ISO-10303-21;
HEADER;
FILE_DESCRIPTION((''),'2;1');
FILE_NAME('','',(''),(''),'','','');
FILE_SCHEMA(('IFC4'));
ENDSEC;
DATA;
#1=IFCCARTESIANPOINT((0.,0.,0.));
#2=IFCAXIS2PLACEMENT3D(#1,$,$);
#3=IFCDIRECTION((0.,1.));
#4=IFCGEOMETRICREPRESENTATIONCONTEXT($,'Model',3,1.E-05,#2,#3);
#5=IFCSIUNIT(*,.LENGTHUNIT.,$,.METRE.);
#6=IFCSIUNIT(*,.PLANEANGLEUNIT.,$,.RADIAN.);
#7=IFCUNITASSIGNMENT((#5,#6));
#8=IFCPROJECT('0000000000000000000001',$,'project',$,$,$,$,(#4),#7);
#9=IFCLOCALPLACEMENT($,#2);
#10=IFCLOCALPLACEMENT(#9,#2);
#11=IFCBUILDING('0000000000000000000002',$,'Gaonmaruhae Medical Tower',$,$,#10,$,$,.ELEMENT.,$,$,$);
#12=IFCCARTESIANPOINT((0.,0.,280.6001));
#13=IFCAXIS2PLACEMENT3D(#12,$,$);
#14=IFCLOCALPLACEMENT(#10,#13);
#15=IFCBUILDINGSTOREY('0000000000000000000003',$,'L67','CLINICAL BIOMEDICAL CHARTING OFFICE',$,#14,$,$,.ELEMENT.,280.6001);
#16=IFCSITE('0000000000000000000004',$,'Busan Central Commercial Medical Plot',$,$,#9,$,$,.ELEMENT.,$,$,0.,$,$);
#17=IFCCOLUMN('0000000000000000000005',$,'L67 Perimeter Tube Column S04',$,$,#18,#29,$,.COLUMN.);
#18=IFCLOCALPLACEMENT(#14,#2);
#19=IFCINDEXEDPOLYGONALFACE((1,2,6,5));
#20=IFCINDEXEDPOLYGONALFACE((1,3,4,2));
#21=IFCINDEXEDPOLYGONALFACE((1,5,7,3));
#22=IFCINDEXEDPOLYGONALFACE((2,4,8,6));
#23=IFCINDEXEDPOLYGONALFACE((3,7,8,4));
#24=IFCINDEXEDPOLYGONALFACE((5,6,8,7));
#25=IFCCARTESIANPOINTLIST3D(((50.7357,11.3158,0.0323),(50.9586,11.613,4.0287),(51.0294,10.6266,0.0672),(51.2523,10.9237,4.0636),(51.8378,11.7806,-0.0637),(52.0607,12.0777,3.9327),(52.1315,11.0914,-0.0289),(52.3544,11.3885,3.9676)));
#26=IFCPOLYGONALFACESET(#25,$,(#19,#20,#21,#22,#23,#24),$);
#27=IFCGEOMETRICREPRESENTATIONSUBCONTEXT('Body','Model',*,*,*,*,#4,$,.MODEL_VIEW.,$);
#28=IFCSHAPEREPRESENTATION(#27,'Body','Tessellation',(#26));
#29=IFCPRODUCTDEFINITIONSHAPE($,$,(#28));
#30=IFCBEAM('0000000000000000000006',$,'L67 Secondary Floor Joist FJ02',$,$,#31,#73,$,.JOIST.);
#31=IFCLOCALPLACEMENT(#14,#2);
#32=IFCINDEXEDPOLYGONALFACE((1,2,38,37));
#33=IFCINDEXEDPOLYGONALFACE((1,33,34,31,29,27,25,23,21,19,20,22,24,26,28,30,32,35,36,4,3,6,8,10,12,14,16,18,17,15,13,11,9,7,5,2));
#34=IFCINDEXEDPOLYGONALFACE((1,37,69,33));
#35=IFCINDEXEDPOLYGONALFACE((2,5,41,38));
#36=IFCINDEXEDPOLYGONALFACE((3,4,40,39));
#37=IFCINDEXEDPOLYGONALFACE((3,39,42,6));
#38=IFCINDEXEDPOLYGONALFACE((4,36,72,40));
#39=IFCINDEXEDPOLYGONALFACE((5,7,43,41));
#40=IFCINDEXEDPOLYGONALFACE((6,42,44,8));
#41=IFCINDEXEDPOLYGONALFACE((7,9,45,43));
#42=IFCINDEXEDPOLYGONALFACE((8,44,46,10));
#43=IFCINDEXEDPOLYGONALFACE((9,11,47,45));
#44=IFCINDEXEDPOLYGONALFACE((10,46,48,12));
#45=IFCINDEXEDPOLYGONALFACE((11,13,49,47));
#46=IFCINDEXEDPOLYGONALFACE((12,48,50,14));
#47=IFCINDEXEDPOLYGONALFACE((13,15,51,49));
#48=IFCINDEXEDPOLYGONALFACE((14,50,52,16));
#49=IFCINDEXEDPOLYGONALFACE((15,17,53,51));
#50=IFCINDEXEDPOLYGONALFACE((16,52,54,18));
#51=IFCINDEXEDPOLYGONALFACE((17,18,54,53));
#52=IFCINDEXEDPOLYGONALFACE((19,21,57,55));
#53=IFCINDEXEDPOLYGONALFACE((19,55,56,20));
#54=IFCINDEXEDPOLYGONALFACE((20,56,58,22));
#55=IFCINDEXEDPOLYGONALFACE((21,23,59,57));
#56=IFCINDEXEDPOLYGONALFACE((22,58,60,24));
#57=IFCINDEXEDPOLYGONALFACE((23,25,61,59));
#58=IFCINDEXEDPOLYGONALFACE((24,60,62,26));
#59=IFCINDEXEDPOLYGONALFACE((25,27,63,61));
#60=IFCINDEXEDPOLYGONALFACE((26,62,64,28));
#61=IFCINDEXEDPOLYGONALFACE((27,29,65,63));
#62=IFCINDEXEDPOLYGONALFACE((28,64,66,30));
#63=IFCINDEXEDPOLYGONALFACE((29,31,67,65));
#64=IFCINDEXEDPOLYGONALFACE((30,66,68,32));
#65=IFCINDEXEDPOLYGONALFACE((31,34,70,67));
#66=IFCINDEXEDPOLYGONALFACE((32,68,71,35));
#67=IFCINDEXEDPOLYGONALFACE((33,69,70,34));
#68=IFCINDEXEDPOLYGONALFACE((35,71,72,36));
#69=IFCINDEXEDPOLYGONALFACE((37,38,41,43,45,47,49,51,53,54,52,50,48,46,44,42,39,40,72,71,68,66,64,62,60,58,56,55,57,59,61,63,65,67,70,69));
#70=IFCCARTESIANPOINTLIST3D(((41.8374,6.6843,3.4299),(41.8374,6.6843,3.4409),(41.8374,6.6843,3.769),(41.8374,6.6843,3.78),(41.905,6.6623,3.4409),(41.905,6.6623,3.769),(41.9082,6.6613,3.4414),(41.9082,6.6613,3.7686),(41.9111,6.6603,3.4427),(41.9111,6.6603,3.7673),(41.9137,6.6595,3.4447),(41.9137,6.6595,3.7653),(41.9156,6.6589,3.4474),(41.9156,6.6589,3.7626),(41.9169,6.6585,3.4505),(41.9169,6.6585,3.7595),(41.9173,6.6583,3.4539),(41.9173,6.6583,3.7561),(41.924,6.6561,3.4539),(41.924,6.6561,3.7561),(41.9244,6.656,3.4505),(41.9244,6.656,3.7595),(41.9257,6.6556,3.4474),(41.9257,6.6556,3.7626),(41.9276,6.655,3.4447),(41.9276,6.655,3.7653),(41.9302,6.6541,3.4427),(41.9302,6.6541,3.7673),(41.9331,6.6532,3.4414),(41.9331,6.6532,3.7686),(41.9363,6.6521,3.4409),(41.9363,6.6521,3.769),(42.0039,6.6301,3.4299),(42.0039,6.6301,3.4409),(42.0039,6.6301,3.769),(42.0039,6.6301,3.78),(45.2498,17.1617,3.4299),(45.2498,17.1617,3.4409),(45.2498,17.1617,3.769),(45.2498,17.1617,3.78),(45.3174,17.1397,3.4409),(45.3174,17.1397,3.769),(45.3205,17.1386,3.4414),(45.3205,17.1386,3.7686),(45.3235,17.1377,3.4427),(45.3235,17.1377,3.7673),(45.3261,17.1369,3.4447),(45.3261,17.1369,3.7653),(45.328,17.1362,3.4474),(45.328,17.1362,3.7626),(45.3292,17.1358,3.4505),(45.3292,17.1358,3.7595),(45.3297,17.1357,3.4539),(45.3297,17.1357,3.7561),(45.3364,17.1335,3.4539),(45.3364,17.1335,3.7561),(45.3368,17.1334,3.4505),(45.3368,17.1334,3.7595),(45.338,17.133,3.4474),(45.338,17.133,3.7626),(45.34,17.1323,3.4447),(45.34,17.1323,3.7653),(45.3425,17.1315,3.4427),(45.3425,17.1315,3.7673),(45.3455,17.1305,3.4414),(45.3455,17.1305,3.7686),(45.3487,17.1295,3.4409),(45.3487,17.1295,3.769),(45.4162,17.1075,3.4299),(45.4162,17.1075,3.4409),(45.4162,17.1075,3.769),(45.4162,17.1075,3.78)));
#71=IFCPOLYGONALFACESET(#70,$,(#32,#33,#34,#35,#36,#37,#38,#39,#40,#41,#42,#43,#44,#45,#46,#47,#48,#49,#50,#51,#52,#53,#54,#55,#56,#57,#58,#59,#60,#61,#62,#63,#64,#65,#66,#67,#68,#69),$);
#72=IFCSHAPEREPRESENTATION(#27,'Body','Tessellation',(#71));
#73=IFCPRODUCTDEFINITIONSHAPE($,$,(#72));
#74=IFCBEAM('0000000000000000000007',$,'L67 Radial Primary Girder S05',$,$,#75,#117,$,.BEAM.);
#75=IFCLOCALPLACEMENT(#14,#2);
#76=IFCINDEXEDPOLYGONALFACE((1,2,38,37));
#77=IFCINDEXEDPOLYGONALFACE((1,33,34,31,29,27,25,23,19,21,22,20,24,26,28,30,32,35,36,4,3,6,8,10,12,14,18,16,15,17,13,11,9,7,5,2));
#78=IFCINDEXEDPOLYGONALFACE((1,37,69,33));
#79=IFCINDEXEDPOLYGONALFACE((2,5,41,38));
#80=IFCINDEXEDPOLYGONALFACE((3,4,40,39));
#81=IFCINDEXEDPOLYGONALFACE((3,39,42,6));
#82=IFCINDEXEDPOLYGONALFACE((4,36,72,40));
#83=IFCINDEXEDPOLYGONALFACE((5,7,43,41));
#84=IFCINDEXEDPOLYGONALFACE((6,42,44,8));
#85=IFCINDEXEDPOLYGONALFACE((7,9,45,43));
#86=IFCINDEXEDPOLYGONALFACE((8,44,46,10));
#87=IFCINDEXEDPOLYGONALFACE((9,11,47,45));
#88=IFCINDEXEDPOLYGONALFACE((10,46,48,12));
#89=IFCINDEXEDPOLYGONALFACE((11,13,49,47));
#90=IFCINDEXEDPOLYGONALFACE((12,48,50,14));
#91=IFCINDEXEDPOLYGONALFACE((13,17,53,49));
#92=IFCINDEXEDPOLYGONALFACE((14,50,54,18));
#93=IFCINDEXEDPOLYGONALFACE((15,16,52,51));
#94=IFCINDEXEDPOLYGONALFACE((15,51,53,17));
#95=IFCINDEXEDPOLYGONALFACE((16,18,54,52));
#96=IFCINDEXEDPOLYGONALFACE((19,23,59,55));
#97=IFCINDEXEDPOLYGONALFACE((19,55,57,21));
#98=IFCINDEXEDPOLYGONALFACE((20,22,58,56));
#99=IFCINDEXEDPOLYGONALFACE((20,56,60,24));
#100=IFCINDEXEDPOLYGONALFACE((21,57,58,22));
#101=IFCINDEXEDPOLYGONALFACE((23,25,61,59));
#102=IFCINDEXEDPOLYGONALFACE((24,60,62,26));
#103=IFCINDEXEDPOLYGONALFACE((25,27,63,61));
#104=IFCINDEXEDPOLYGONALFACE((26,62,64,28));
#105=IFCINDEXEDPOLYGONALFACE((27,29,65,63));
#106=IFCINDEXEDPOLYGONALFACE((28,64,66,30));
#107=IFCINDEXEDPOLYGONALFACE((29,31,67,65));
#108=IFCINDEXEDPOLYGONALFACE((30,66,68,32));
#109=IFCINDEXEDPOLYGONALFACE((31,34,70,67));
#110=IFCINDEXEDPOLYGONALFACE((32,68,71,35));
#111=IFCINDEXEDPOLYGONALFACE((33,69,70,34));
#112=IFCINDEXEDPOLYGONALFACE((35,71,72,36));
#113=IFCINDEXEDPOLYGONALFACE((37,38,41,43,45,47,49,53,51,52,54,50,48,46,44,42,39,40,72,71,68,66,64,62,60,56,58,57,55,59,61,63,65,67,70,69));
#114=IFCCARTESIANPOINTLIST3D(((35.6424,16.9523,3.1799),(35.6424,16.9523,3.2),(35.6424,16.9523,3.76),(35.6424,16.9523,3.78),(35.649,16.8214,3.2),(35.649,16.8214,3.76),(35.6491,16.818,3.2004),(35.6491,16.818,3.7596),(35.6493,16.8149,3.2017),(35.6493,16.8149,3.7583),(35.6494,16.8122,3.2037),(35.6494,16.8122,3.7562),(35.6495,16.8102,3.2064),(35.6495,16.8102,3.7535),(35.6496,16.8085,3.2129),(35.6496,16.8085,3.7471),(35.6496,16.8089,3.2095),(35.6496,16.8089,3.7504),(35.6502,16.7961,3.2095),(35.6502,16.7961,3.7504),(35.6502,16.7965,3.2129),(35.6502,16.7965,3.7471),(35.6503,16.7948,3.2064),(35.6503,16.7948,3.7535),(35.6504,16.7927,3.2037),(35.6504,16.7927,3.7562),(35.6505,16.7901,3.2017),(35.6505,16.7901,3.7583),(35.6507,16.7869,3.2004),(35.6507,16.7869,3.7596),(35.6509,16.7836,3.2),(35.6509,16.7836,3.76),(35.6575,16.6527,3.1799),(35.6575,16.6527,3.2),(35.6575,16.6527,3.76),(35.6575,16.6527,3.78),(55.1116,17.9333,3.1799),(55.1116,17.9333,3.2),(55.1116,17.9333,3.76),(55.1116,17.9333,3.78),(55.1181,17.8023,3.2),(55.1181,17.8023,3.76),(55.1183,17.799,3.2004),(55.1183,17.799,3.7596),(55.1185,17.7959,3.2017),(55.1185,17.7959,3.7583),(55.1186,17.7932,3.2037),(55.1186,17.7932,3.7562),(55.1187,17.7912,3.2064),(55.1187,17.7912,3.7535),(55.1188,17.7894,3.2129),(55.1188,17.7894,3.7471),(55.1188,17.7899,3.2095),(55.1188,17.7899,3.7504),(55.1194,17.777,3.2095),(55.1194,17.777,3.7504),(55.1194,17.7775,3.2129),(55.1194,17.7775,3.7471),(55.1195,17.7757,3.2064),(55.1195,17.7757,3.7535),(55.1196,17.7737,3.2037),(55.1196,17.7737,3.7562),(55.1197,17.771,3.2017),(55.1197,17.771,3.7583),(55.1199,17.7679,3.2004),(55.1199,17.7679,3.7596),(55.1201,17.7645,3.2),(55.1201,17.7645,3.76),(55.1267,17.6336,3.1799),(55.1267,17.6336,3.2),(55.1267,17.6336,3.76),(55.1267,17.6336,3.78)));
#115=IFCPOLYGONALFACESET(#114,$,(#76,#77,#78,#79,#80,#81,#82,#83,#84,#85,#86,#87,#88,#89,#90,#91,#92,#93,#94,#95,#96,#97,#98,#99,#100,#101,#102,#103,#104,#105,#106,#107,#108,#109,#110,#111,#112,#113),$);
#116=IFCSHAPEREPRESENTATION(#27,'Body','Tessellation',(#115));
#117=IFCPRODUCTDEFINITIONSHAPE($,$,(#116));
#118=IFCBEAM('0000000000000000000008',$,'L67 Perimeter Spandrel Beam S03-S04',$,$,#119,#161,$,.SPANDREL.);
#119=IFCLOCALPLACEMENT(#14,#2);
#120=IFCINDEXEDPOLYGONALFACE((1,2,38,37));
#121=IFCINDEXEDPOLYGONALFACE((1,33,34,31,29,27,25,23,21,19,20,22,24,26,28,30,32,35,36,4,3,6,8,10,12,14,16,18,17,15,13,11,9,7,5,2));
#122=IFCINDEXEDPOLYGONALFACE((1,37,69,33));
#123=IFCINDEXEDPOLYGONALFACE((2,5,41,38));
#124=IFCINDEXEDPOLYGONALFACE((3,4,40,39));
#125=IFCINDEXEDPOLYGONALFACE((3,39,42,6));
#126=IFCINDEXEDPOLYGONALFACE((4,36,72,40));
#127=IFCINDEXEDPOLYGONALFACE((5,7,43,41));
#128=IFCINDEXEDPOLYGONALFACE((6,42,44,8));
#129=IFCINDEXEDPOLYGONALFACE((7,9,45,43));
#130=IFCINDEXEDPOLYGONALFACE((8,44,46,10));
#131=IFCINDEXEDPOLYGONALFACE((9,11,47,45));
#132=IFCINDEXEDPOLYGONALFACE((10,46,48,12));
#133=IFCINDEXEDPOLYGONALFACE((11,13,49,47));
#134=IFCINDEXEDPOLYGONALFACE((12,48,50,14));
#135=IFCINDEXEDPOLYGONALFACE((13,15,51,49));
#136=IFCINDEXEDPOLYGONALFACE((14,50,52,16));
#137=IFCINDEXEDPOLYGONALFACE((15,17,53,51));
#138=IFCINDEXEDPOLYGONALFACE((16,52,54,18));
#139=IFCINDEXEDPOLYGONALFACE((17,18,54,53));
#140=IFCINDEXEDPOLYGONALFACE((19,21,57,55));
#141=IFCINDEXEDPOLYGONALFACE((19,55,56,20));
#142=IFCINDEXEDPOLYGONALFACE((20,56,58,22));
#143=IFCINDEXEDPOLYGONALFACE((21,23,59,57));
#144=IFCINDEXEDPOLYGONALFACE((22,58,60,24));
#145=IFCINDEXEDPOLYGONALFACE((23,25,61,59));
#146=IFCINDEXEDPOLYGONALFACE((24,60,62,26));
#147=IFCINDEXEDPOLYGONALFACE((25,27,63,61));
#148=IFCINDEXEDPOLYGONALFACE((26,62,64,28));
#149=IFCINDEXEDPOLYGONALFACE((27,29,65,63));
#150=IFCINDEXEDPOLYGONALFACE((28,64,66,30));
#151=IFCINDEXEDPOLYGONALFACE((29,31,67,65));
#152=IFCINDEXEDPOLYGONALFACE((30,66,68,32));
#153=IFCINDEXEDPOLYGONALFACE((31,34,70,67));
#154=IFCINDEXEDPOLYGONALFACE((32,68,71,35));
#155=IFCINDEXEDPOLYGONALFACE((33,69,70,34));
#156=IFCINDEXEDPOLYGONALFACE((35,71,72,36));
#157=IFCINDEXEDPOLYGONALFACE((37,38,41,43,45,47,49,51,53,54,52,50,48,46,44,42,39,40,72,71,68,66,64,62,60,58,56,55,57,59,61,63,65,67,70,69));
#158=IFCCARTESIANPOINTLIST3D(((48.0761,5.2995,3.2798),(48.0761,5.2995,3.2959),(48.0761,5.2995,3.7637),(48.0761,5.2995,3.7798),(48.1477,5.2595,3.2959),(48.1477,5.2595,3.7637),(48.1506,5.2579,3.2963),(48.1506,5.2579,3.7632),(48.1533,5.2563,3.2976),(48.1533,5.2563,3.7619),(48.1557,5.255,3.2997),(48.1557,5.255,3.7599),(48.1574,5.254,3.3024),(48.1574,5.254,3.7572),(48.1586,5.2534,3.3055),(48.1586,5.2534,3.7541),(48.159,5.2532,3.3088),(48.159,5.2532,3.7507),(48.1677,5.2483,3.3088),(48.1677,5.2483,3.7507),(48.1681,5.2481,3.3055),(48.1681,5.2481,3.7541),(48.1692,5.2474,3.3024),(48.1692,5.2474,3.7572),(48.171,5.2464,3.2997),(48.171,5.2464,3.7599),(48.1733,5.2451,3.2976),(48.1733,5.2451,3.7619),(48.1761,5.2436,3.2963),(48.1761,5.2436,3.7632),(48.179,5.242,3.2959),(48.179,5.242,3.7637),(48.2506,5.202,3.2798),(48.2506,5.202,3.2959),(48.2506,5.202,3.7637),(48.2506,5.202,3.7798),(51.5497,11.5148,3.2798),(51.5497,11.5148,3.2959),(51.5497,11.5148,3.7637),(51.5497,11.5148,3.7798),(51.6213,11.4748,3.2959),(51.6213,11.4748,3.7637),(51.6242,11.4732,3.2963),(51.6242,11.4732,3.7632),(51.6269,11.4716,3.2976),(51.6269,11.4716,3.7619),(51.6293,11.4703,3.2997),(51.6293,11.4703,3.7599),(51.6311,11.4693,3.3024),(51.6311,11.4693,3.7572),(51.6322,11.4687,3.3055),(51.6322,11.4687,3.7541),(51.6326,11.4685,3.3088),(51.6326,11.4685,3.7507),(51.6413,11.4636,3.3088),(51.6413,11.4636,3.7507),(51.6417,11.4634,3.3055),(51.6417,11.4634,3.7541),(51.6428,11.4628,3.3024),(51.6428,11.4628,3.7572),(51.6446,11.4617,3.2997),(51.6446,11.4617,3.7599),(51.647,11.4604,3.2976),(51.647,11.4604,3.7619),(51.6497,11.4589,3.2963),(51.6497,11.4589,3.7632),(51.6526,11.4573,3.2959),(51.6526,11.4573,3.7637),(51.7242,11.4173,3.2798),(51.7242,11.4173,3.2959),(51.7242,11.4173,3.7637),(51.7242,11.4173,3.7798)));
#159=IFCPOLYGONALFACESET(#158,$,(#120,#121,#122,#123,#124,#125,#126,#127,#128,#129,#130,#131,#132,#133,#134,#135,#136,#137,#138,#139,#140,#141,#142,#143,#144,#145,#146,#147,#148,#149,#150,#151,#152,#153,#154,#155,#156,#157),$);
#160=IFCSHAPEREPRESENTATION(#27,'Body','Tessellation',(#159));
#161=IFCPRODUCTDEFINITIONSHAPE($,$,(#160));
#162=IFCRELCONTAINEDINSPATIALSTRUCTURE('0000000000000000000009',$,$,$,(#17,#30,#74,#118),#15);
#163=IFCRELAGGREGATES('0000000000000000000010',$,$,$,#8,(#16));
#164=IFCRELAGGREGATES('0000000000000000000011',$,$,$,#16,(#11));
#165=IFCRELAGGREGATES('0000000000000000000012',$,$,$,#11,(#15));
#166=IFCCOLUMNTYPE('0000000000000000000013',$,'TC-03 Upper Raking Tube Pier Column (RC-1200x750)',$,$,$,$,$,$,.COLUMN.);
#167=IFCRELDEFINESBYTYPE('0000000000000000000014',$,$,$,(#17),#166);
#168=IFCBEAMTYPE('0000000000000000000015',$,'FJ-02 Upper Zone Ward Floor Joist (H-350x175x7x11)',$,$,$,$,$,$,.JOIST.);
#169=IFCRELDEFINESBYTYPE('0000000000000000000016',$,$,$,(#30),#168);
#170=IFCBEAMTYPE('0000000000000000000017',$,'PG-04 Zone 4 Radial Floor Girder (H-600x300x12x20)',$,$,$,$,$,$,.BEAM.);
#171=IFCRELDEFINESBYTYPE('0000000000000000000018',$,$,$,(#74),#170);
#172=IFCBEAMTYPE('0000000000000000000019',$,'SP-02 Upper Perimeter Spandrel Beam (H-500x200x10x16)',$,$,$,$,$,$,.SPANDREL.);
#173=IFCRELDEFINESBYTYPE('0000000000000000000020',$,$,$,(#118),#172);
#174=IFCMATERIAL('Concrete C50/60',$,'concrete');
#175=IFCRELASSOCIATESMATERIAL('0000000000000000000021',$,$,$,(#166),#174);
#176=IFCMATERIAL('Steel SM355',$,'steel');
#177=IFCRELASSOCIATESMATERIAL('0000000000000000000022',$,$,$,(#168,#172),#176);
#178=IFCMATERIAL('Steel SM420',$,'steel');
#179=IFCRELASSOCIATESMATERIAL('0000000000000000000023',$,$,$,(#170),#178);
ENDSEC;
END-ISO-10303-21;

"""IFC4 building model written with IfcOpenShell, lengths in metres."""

from ifc_helpers import new_model, si_unit, direction, frame, origin, origin_2d, place, context, subcontext, project, spatial, rectangle, i_section, extrude, material, material_profile, profile_set, type_object, element, save


model = new_model("IFC4")

# Units and contexts
model_context = context("Model", 3, precision=1e-05, world=origin(), true_north=direction((0.0, 1.0)))
body_context = subcontext(model_context, "Body", "Model", "MODEL_VIEW")
ifc_project = project(units=[si_unit("LENGTHUNIT", "METRE"), si_unit("PLANEANGLEUNIT", "RADIAN")], contexts=[model_context])

# Site, building, storey
site_placement = place(None, origin())
site = spatial("IfcSite", under=ifc_project, at=site_placement, Name="Busan Central Commercial Medical Plot", CompositionType="ELEMENT", RefElevation=0.0)
building_placement = place(site_placement, origin())
building = spatial("IfcBuilding", under=site, at=building_placement, Name="Gaonmaruhae Medical Tower", CompositionType="ELEMENT")
storey_placement = place(building_placement, frame((0.0, 0.0, 280.6001)))
storey = spatial("IfcBuildingStorey", under=building, at=storey_placement, Name="L67", Description="CLINICAL BIOMEDICAL CHARTING OFFICE", CompositionType="ELEMENT", Elevation=280.6001)

# Column
ifc_material_1 = material(Name="Concrete C50/60", Category="concrete")
ifc_material_profile_1 = material_profile(ifc_material_1, rectangle(XDim=1.2, YDim=0.75, at=origin_2d()), Name="RC-1200x750")
ifc_profile_set_1 = profile_set([ifc_material_profile_1], Name="Concrete C50/60")
column_type = type_object("IfcColumnType", Name="TC-03 Upper Raking Tube Pier Column (RC-1200x750)", PredefinedType="COLUMN", material=ifc_profile_set_1)
column_placement = place(storey_placement, frame((51.4336, 11.2036, 0.0017), z_axis=(0.055537, 0.074029, 0.995708), x_axis=(-0.918465, -0.387322, 0.080025)))
element("IfcColumn", 1, at=column_placement, inside=storey, type_object=column_type, Name="L67 Perimeter Tube Column S04", PredefinedType="COLUMN", context=body_context, shape_type="SweptSolid", body=[
    extrude(rectangle(XDim=1.2, YDim=0.75, at=origin_2d()), origin(), (0.0, 0.0, 1.0), 4.0137),
])

# Beams
ifc_material_2 = material(Name="Steel SM355", Category="steel")
ifc_material_profile_2 = material_profile(ifc_material_2, i_section(OverallWidth=0.175, OverallDepth=0.3501, WebThickness=0.0071, FlangeThickness=0.011, FilletRadius=0.0129, at=origin_2d()), Name="H-350x175x7x11")
ifc_profile_set_2 = profile_set([ifc_material_profile_2], Name="Steel SM355")
beam_type_1 = type_object("IfcBeamType", Name="FJ-02 Upper Zone Ward Floor Joist (H-350x175x7x11)", PredefinedType="JOIST", material=ifc_profile_set_2)
beam_1_placement = place(storey_placement, frame((41.9207, 6.6572, 3.605), z_axis=(0.30968, 0.950841, 0.0), x_axis=(-0.950841, 0.30968, 0.0)))
element("IfcBeam", 2, at=beam_1_placement, inside=storey, type_object=beam_type_1, Name="L67 Secondary Floor Joist FJ02", PredefinedType="JOIST", context=body_context, shape_type="SweptSolid", body=[
    extrude(i_section(OverallWidth=0.175, OverallDepth=0.3501, WebThickness=0.0071, FlangeThickness=0.011, FilletRadius=0.0129, at=origin_2d()), origin(), (0.0, 0.0, 1.0), 11.019),
])
ifc_material_3 = material(Name="Steel SM420", Category="steel")
ifc_material_profile_3 = material_profile(ifc_material_3, i_section(OverallWidth=0.3, OverallDepth=0.6001, WebThickness=0.012, FlangeThickness=0.02, FilletRadius=0.0129, at=origin_2d()), Name="H-600x300x12x20")
ifc_profile_set_3 = profile_set([ifc_material_profile_3], Name="Steel SM420")
beam_type_2 = type_object("IfcBeamType", Name="PG-04 Zone 4 Radial Floor Girder (H-600x300x12x20)", PredefinedType="BEAM", material=ifc_profile_set_3)
beam_2_placement = place(storey_placement, frame((35.6499, 16.8025, 3.48), z_axis=(0.998733, 0.050321, 0.0), x_axis=(-0.050321, 0.998733, 0.0)))
element("IfcBeam", 3, at=beam_2_placement, inside=storey, type_object=beam_type_2, Name="L67 Radial Primary Girder S05", PredefinedType="BEAM", context=body_context, shape_type="SweptSolid", body=[
    extrude(i_section(OverallWidth=0.3, OverallDepth=0.6001, WebThickness=0.012, FlangeThickness=0.02, FilletRadius=0.0129, at=origin_2d()), origin(), (0.0, 0.0, 1.0), 19.4939),
])
ifc_material_profile_4 = material_profile(ifc_material_2, i_section(OverallWidth=0.2, OverallDepth=0.5, WebThickness=0.01, FlangeThickness=0.0161, FilletRadius=0.0129, at=origin_2d()), Name="H-500x200x10x16")
ifc_profile_set_4 = profile_set([ifc_material_profile_4], Name="Steel SM355")
beam_type_3 = type_object("IfcBeamType", Name="SP-02 Upper Perimeter Spandrel Beam (H-500x200x10x16)", PredefinedType="SPANDREL", material=ifc_profile_set_4)
beam_3_placement = place(storey_placement, frame((48.1633, 5.2507, 3.5298), z_axis=(0.48786, 0.872922, 0.0), x_axis=(-0.872922, 0.48786, 0.0)))
element("IfcBeam", 4, at=beam_3_placement, inside=storey, type_object=beam_type_3, Name="L67 Perimeter Spandrel Beam S03-S04", PredefinedType="SPANDREL", context=body_context, shape_type="SweptSolid", body=[
    extrude(i_section(OverallWidth=0.2, OverallDepth=0.5, WebThickness=0.01, FlangeThickness=0.0161, FilletRadius=0.0129, at=origin_2d()), origin(), (0.0, 0.0, 1.0), 7.1201),
])

save(model, "model.ifc")
